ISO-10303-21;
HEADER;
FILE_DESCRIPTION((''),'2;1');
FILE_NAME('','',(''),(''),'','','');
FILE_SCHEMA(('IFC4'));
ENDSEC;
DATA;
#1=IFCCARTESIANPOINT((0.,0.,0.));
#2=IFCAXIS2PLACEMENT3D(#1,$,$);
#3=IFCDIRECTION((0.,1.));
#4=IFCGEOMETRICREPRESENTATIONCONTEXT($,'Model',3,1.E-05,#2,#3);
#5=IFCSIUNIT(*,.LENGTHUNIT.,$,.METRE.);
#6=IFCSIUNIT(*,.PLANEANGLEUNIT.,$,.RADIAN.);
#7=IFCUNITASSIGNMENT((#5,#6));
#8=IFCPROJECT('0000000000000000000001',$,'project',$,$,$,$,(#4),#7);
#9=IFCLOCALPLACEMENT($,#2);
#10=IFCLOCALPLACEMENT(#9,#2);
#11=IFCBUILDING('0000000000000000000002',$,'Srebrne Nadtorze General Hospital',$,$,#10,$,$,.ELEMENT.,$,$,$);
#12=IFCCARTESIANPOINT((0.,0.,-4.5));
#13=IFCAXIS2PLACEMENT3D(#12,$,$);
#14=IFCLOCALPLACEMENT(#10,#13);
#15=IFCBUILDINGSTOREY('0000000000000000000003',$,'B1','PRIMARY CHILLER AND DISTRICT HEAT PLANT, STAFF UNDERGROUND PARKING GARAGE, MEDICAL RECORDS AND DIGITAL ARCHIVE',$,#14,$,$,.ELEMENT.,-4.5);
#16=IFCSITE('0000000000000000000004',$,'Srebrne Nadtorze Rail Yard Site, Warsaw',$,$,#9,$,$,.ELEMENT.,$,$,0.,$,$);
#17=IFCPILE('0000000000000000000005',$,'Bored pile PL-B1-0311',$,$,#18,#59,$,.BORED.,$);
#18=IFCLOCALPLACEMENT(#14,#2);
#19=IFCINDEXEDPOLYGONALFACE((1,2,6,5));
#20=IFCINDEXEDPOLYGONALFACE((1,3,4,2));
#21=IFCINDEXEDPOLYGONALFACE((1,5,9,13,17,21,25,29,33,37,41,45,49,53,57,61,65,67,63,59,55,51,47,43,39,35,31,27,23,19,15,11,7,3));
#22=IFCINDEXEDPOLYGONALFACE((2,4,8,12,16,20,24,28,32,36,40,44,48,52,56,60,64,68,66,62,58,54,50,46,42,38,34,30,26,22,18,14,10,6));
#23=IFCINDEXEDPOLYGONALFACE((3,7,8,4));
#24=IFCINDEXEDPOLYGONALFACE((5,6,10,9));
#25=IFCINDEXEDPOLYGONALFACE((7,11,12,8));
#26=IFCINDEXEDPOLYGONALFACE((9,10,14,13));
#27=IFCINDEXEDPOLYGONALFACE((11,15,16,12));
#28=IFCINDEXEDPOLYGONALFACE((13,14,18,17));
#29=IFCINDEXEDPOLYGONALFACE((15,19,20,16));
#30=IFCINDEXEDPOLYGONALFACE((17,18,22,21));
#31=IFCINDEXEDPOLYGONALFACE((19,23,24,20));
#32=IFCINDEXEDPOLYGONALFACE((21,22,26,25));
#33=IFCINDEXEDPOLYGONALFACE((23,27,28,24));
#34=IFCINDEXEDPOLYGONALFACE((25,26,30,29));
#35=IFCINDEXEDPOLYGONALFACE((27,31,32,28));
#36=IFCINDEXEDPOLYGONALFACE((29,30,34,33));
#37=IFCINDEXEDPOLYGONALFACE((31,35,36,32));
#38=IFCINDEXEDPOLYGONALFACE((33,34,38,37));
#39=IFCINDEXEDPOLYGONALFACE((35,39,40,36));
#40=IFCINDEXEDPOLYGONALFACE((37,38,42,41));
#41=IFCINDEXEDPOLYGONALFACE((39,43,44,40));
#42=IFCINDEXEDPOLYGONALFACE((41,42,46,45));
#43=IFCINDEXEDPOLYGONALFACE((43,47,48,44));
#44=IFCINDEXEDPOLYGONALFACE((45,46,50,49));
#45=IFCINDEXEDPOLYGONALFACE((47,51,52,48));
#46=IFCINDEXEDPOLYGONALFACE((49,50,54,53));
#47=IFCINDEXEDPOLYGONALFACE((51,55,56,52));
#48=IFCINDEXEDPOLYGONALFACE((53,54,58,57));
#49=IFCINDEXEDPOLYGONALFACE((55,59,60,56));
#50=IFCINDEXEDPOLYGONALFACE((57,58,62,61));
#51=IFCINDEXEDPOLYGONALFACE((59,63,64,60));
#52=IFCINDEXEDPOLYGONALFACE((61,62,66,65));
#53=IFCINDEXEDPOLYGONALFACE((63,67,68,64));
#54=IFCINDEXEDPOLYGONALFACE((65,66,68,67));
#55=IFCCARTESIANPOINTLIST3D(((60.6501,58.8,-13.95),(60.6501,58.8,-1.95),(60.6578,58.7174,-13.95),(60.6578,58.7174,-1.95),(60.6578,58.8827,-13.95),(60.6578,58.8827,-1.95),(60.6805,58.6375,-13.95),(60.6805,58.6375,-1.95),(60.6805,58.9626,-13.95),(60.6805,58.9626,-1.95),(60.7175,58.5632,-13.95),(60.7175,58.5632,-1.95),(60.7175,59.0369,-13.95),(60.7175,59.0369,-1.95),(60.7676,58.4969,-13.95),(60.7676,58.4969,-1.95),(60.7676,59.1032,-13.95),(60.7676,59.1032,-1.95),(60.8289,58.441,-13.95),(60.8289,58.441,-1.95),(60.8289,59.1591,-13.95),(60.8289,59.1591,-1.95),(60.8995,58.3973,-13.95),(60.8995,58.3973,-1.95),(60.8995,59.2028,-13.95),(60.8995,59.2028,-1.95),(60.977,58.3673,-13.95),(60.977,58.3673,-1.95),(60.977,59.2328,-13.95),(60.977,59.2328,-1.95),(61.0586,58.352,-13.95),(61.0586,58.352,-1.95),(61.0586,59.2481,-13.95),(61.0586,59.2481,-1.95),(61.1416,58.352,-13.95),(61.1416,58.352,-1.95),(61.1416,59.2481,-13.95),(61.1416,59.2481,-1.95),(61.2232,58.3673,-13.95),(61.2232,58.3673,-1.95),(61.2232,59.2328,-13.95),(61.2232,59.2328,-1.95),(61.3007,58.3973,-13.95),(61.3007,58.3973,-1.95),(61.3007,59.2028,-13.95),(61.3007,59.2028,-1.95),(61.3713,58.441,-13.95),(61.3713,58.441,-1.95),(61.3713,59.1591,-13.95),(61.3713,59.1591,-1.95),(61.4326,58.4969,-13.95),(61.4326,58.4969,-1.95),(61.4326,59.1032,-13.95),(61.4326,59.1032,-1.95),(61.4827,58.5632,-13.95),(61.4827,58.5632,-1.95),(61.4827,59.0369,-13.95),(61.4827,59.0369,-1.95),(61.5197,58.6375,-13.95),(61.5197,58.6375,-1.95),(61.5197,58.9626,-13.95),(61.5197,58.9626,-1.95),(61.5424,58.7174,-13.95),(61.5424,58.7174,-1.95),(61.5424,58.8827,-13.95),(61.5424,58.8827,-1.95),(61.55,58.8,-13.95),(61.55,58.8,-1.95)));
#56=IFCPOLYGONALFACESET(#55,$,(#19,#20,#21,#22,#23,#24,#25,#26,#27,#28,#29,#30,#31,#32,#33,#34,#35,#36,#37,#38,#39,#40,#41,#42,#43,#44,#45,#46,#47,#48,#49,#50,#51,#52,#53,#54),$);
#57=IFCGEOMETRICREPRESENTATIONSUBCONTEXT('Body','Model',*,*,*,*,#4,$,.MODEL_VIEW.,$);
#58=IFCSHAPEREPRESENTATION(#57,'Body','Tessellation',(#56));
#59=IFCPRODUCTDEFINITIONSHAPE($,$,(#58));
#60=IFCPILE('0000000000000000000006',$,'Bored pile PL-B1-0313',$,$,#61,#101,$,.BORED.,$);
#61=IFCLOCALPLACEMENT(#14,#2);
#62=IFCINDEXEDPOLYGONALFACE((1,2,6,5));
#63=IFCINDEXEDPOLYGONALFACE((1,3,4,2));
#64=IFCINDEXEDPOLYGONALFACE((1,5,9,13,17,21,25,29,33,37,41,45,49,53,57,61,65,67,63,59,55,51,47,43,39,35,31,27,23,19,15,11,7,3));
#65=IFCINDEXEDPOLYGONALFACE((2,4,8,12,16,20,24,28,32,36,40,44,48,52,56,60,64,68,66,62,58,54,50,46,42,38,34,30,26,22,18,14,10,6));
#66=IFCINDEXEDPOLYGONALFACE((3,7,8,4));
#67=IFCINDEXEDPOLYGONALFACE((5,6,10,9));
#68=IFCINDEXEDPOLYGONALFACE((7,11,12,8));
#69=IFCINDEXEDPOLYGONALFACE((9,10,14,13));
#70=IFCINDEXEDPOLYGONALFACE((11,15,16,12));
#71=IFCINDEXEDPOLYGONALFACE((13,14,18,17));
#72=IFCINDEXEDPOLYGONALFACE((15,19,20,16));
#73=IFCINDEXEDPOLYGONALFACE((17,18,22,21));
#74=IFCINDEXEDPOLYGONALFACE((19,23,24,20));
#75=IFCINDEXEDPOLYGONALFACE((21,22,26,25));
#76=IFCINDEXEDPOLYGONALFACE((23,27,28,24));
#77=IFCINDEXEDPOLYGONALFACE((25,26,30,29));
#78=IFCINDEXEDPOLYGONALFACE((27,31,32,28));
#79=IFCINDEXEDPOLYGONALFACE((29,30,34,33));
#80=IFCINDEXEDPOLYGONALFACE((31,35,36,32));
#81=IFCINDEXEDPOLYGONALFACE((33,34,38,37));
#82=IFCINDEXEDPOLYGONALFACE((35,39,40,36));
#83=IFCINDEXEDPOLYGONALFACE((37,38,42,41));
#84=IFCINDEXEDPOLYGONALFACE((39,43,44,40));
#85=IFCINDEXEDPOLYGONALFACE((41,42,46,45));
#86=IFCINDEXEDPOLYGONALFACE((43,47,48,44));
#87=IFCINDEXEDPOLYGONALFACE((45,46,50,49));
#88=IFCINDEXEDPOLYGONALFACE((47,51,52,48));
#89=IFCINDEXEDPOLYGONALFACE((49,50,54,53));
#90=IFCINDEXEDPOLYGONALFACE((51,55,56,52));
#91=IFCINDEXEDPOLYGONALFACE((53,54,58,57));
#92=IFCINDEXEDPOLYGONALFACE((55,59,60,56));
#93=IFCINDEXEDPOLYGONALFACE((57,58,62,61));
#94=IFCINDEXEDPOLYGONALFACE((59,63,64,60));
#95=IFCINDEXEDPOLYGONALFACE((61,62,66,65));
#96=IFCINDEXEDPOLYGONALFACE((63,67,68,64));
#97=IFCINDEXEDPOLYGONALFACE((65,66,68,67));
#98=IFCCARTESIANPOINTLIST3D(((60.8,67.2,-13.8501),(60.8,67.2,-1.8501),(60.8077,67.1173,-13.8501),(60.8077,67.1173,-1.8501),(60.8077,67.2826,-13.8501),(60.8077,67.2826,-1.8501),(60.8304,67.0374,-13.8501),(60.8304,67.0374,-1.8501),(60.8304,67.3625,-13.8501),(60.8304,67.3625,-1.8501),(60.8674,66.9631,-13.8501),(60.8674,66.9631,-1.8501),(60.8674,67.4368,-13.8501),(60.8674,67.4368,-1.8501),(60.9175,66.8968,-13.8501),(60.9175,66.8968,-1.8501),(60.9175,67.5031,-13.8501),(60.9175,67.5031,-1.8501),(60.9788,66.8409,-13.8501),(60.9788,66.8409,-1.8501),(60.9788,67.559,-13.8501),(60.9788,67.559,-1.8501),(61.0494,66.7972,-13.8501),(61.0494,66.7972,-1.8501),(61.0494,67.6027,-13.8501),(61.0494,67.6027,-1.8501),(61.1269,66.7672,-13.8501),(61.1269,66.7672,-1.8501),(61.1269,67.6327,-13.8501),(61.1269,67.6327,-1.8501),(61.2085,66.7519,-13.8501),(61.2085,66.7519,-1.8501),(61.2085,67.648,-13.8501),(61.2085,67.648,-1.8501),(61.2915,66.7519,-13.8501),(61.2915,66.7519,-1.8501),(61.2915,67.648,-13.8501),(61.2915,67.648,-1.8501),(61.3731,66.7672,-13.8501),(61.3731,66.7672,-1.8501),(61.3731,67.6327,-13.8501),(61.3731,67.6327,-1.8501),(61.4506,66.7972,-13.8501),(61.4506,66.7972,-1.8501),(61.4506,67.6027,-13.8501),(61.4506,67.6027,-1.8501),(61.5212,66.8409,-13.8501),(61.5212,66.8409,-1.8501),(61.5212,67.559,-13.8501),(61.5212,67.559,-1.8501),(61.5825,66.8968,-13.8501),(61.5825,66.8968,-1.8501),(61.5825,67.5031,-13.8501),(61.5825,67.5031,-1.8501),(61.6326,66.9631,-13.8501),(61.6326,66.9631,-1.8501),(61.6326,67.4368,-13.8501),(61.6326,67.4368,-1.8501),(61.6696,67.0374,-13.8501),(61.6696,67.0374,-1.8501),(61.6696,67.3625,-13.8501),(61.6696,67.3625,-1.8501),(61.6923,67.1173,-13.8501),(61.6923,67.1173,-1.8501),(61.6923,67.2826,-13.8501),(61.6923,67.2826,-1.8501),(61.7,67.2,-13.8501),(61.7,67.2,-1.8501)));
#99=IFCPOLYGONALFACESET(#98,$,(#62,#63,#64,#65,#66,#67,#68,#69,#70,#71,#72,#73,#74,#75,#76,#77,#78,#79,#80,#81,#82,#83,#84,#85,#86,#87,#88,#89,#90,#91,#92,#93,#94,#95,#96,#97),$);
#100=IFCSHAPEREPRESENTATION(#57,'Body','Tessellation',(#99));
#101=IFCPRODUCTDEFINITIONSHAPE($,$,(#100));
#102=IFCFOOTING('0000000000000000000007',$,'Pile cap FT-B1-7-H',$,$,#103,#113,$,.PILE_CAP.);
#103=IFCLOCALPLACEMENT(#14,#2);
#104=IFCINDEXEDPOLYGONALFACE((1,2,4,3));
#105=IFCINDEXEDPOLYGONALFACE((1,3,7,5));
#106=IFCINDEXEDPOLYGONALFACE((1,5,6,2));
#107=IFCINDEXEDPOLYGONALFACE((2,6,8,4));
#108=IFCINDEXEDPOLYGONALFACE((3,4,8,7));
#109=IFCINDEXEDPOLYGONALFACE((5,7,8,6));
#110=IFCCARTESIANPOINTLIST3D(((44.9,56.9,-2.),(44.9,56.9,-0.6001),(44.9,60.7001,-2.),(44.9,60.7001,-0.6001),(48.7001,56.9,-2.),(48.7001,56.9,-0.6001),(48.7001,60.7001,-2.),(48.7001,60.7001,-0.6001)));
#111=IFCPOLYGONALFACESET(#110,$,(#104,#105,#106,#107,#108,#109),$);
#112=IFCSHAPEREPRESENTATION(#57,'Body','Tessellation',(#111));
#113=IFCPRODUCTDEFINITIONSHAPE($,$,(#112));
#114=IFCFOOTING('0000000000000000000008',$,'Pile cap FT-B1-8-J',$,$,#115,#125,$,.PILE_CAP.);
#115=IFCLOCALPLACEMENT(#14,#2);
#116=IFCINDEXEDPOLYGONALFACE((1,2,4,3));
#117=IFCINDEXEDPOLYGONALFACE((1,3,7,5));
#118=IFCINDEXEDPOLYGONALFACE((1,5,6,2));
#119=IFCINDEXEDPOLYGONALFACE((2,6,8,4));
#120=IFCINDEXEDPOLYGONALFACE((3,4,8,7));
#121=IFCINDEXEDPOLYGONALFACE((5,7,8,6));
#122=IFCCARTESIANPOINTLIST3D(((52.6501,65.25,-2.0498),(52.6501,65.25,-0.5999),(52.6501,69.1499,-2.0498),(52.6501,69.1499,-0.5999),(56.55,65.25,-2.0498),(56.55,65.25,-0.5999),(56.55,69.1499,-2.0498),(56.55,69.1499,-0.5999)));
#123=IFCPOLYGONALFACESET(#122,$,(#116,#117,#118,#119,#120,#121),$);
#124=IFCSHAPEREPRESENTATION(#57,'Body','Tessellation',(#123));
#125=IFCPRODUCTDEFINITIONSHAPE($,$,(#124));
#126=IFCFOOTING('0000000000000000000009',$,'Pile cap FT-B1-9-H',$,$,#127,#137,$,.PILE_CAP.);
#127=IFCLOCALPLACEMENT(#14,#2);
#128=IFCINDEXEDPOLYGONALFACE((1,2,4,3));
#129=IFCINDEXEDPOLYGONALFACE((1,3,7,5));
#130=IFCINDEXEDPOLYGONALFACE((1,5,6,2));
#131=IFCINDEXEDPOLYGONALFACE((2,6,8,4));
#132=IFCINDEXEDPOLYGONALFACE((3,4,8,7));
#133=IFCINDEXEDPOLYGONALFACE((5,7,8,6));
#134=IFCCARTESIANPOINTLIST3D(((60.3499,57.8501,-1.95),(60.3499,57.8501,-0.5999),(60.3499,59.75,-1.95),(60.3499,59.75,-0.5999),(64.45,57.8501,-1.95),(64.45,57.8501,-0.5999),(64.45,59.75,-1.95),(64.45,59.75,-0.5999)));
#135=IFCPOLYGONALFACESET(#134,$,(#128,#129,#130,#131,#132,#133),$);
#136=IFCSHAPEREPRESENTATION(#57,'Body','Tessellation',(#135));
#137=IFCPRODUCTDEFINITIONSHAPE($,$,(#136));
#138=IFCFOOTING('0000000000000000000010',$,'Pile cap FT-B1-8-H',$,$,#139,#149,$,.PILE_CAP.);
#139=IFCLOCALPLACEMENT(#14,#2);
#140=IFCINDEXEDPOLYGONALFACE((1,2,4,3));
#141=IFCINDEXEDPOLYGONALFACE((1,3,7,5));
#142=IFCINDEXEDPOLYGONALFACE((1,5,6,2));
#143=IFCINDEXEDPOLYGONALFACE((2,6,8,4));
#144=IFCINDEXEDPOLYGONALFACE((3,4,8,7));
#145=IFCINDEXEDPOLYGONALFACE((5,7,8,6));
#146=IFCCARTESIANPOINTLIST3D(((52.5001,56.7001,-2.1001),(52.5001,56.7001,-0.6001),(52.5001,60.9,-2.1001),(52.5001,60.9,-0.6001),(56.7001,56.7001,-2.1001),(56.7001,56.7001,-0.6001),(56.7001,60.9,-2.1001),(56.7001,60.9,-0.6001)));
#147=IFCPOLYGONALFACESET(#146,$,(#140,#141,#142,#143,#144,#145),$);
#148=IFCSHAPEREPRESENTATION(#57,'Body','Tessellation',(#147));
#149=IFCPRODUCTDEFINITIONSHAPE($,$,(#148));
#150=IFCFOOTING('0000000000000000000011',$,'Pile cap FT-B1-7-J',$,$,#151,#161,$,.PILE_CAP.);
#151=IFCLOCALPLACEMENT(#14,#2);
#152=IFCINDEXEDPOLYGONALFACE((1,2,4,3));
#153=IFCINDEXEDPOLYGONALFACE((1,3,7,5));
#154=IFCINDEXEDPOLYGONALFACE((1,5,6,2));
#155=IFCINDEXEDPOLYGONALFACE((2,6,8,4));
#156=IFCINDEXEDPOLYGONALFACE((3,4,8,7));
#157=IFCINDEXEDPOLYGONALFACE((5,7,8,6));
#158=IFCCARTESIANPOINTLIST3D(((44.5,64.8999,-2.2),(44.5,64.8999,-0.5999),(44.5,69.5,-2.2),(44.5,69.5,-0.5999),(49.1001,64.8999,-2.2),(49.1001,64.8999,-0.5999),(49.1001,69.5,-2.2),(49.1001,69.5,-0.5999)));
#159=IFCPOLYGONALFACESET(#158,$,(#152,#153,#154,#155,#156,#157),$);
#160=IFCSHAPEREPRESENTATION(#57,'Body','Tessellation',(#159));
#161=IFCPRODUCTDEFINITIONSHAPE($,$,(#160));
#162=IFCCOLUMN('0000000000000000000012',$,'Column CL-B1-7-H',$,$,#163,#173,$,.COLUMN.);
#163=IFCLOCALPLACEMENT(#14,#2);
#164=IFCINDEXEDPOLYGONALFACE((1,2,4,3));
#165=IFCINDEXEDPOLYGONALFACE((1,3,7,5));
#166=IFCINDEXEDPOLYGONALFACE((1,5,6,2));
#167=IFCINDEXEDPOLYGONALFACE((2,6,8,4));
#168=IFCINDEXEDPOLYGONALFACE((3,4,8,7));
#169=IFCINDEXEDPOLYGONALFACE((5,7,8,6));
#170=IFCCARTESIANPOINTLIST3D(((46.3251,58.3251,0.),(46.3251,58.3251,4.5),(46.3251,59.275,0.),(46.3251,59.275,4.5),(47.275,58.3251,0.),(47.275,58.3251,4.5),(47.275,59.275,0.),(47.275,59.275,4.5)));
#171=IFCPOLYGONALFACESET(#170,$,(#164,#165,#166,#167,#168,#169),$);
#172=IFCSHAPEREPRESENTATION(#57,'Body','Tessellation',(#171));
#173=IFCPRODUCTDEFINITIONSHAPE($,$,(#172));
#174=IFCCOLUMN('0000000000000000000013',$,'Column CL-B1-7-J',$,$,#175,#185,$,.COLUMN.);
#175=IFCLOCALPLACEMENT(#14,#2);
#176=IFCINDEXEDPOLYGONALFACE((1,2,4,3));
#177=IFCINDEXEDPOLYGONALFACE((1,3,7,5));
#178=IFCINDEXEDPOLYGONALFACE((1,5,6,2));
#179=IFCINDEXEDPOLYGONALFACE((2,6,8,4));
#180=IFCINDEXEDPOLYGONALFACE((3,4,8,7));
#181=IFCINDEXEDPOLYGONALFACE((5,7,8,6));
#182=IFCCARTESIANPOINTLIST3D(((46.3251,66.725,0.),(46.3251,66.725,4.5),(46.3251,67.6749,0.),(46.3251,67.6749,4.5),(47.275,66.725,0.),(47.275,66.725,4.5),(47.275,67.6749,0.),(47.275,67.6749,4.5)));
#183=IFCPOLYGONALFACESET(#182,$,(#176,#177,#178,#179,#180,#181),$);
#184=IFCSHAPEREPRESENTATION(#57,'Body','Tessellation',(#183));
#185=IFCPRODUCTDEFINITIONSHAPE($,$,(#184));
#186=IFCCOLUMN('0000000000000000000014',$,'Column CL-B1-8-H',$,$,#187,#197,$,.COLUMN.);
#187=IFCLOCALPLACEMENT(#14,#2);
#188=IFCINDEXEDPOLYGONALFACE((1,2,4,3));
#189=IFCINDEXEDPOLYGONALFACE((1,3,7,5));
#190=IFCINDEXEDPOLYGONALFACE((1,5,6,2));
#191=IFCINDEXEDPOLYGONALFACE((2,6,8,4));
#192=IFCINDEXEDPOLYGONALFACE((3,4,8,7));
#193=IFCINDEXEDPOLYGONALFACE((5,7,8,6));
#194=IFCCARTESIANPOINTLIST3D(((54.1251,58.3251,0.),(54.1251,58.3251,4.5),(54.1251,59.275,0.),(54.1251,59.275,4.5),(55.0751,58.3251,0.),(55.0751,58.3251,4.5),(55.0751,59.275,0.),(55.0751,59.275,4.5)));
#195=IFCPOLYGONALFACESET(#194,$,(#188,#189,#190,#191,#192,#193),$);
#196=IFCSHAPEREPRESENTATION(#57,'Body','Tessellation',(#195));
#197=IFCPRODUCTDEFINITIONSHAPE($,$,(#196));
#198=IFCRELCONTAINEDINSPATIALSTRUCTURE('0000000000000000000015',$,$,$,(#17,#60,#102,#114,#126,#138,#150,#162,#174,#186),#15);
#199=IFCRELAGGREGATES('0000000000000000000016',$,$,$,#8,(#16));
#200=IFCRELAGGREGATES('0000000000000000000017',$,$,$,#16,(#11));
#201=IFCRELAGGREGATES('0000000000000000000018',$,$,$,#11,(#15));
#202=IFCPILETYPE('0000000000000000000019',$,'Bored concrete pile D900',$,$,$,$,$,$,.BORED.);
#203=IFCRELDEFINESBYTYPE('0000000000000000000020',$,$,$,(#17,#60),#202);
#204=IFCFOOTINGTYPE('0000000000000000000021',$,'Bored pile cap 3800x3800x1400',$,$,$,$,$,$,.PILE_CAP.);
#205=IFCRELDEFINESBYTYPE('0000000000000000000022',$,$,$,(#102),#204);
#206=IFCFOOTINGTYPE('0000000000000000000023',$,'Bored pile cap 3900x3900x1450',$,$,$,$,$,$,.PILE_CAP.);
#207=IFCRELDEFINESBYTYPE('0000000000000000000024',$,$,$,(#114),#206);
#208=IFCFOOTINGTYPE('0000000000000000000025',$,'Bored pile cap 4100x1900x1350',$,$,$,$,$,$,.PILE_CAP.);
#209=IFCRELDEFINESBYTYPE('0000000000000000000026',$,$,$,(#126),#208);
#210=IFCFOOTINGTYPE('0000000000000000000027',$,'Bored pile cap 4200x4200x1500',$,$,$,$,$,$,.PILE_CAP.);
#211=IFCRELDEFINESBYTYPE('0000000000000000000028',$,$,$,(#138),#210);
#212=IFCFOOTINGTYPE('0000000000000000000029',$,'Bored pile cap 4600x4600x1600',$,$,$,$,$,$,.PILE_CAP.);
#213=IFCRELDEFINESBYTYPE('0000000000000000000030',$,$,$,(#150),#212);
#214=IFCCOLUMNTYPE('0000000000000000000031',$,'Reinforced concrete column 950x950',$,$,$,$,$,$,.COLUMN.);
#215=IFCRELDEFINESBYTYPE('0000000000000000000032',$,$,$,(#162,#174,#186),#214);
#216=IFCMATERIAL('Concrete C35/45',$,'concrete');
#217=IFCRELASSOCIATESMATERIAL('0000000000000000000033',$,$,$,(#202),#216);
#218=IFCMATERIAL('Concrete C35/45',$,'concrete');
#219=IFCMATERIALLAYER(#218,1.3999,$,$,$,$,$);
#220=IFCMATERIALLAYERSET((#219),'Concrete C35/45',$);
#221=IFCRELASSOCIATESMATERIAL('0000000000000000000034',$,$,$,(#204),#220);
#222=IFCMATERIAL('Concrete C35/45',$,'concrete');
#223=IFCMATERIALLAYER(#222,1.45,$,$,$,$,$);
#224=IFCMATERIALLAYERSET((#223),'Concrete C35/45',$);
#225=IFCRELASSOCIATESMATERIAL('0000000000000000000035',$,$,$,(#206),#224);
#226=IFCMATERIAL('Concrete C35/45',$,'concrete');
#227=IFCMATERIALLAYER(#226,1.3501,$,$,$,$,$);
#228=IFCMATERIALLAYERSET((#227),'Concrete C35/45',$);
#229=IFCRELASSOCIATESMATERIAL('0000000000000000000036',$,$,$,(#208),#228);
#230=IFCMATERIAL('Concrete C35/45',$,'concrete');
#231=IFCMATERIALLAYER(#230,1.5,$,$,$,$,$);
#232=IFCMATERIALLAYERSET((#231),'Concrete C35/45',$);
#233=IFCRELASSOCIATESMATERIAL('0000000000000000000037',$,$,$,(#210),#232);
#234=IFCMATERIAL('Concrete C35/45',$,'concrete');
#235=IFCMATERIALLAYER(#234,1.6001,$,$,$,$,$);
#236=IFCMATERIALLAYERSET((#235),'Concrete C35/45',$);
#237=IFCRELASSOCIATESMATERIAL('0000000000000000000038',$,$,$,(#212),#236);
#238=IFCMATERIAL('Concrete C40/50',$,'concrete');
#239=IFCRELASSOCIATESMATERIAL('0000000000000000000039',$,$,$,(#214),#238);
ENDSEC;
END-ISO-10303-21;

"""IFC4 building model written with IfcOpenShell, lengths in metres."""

from ifc_helpers import new_model, si_unit, direction, frame, origin, origin_2d, place, context, subcontext, project, spatial, rectangle, circle, extrude, material, layer, layer_set, material_profile, profile_set, type_object, element, save


model = new_model("IFC4")

# Units and contexts
model_context = context("Model", 3, precision=1e-05, world=origin(), true_north=direction((0.0, 1.0)))
body_context = subcontext(model_context, "Body", "Model", "MODEL_VIEW")
ifc_project = project(units=[si_unit("LENGTHUNIT", "METRE"), si_unit("PLANEANGLEUNIT", "RADIAN")], contexts=[model_context])

# Site, building, storey
site_placement = place(None, origin())
site = spatial("IfcSite", under=ifc_project, at=site_placement, Name="Srebrne Nadtorze Rail Yard Site, Warsaw", CompositionType="ELEMENT", RefElevation=0.0)
building_placement = place(site_placement, origin())
building = spatial("IfcBuilding", under=site, at=building_placement, Name="Srebrne Nadtorze General Hospital", CompositionType="ELEMENT")
storey_placement = place(building_placement, frame((0.0, 0.0, -4.5)))
storey = spatial("IfcBuildingStorey", under=building, at=storey_placement, Name="B1", Description="PRIMARY CHILLER AND DISTRICT HEAT PLANT, STAFF UNDERGROUND PARKING GARAGE, MEDICAL RECORDS AND DIGITAL ARCHIVE", CompositionType="ELEMENT", Elevation=-4.5)

# Piles
ifc_material_1 = material(Name="Concrete C35/45", Category="concrete")
ifc_material_profile_1 = material_profile(ifc_material_1, circle(Radius=0.45, at=origin_2d()), Name="PILE-D900")
ifc_profile_set_1 = profile_set([ifc_material_profile_1], Name="Concrete C35/45")
pile_type_1 = type_object("IfcPileType", Name="Bored concrete pile D900", PredefinedType="BORED", material=ifc_profile_set_1)
for number, where, z_axis, x_axis, name in (
    (1, (61.1001, 58.8, -1.95), (0.0, 0.0, -1.0), (1.0, 0.0, 0.0), "Bored pile PL-B1-0311"),
    (2, (61.25, 67.2, -1.8501), (0.0, 0.0, -1.0), (1.0, 0.0, 0.0), "Bored pile PL-B1-0313"),
):
    element("IfcPile", number, at=place(storey_placement, frame(where, z_axis=z_axis, x_axis=x_axis)), inside=storey, type_object=pile_type_1, Name=name, PredefinedType="BORED", context=body_context, shape_type="SweptSolid", body=[
        extrude(circle(Radius=0.45, at=origin_2d()), origin(), (0.0, 0.0, 1.0), 12.0),
    ])

# Footings
ifc_material_2 = material(Name="Concrete C35/45", Category="concrete")
ifc_layer_1 = layer(ifc_material_2, 1.3999)
ifc_layer_set_1 = layer_set([ifc_layer_1], Name="Concrete C35/45")
footing_type_1 = type_object("IfcFootingType", Name="Bored pile cap 3800x3800x1400", PredefinedType="PILE_CAP", material=ifc_layer_set_1)
footing_1_placement = place(storey_placement, frame((46.8, 58.8, -2.0), z_axis=(0.0, 0.0, 1.0), x_axis=(1.0, 0.0, 0.0)))
element("IfcFooting", 3, at=footing_1_placement, inside=storey, type_object=footing_type_1, Name="Pile cap FT-B1-7-H", PredefinedType="PILE_CAP", context=body_context, shape_type="SweptSolid", body=[
    extrude(rectangle(XDim=3.8, YDim=3.8, at=origin_2d()), origin(), (0.0, 0.0, 1.0), 1.3999),
])
ifc_material_3 = material(Name="Concrete C35/45", Category="concrete")
ifc_layer_2 = layer(ifc_material_3, 1.45)
ifc_layer_set_2 = layer_set([ifc_layer_2], Name="Concrete C35/45")
footing_type_2 = type_object("IfcFootingType", Name="Bored pile cap 3900x3900x1450", PredefinedType="PILE_CAP", material=ifc_layer_set_2)
footing_2_placement = place(storey_placement, frame((54.6001, 67.2, -2.0498), z_axis=(0.0, 0.0, 1.0), x_axis=(1.0, 0.0, 0.0)))
element("IfcFooting", 4, at=footing_2_placement, inside=storey, type_object=footing_type_2, Name="Pile cap FT-B1-8-J", PredefinedType="PILE_CAP", context=body_context, shape_type="SweptSolid", body=[
    extrude(rectangle(XDim=3.8999, YDim=3.8999, at=origin_2d()), origin(), (0.0, 0.0, 1.0), 1.45),
])
ifc_material_4 = material(Name="Concrete C35/45", Category="concrete")
ifc_layer_3 = layer(ifc_material_4, 1.3501)
ifc_layer_set_3 = layer_set([ifc_layer_3], Name="Concrete C35/45")
footing_type_3 = type_object("IfcFootingType", Name="Bored pile cap 4100x1900x1350", PredefinedType="PILE_CAP", material=ifc_layer_set_3)
footing_3_placement = place(storey_placement, frame((62.3999, 58.8, -1.95), z_axis=(0.0, 0.0, 1.0), x_axis=(1.0, 0.0, 0.0)))
element("IfcFooting", 5, at=footing_3_placement, inside=storey, type_object=footing_type_3, Name="Pile cap FT-B1-9-H", PredefinedType="PILE_CAP", context=body_context, shape_type="SweptSolid", body=[
    extrude(rectangle(XDim=4.1001, YDim=1.8999, at=origin_2d()), origin(), (0.0, 0.0, 1.0), 1.3501),
])
ifc_material_5 = material(Name="Concrete C35/45", Category="concrete")
ifc_layer_4 = layer(ifc_material_5, 1.5)
ifc_layer_set_4 = layer_set([ifc_layer_4], Name="Concrete C35/45")
footing_type_4 = type_object("IfcFootingType", Name="Bored pile cap 4200x4200x1500", PredefinedType="PILE_CAP", material=ifc_layer_set_4)
footing_4_placement = place(storey_placement, frame((54.6001, 58.8, -2.1001), z_axis=(0.0, 0.0, 1.0), x_axis=(1.0, 0.0, 0.0)))
element("IfcFooting", 6, at=footing_4_placement, inside=storey, type_object=footing_type_4, Name="Pile cap FT-B1-8-H", PredefinedType="PILE_CAP", context=body_context, shape_type="SweptSolid", body=[
    extrude(rectangle(XDim=4.2, YDim=4.2, at=origin_2d()), origin(), (0.0, 0.0, 1.0), 1.5),
])
ifc_material_6 = material(Name="Concrete C35/45", Category="concrete")
ifc_layer_5 = layer(ifc_material_6, 1.6001)
ifc_layer_set_5 = layer_set([ifc_layer_5], Name="Concrete C35/45")
footing_type_5 = type_object("IfcFootingType", Name="Bored pile cap 4600x4600x1600", PredefinedType="PILE_CAP", material=ifc_layer_set_5)
footing_5_placement = place(storey_placement, frame((46.8, 67.2, -2.2), z_axis=(0.0, 0.0, 1.0), x_axis=(1.0, 0.0, 0.0)))
element("IfcFooting", 7, at=footing_5_placement, inside=storey, type_object=footing_type_5, Name="Pile cap FT-B1-7-J", PredefinedType="PILE_CAP", context=body_context, shape_type="SweptSolid", body=[
    extrude(rectangle(XDim=4.6001, YDim=4.6001, at=origin_2d()), origin(), (0.0, 0.0, 1.0), 1.6001),
])

# Columns
ifc_material_7 = material(Name="Concrete C40/50", Category="concrete")
ifc_material_profile_2 = material_profile(ifc_material_7, rectangle(XDim=0.95, YDim=0.95, at=origin_2d()), Name="RC-COL-950x950")
ifc_profile_set_2 = profile_set([ifc_material_profile_2], Name="Concrete C40/50")
column_type = type_object("IfcColumnType", Name="Reinforced concrete column 950x950", PredefinedType="COLUMN", material=ifc_profile_set_2)
for number, where, z_axis, x_axis, name in (
    (8, (46.8, 58.8, 0.0), (0.0, 0.0, 1.0), (1.0, 0.0, 0.0), "Column CL-B1-7-H"),
    (9, (46.8, 67.2, 0.0), (0.0, 0.0, 1.0), (1.0, 0.0, 0.0), "Column CL-B1-7-J"),
    (10, (54.6001, 58.8, 0.0), (0.0, 0.0, 1.0), (1.0, 0.0, 0.0), "Column CL-B1-8-H"),
):
    element("IfcColumn", number, at=place(storey_placement, frame(where, z_axis=z_axis, x_axis=x_axis)), inside=storey, type_object=column_type, Name=name, PredefinedType="COLUMN", context=body_context, shape_type="SweptSolid", body=[
        extrude(rectangle(XDim=0.95, YDim=0.95, at=origin_2d()), origin(), (0.0, 0.0, 1.0), 4.5),
    ])

save(model, "model.ifc")
